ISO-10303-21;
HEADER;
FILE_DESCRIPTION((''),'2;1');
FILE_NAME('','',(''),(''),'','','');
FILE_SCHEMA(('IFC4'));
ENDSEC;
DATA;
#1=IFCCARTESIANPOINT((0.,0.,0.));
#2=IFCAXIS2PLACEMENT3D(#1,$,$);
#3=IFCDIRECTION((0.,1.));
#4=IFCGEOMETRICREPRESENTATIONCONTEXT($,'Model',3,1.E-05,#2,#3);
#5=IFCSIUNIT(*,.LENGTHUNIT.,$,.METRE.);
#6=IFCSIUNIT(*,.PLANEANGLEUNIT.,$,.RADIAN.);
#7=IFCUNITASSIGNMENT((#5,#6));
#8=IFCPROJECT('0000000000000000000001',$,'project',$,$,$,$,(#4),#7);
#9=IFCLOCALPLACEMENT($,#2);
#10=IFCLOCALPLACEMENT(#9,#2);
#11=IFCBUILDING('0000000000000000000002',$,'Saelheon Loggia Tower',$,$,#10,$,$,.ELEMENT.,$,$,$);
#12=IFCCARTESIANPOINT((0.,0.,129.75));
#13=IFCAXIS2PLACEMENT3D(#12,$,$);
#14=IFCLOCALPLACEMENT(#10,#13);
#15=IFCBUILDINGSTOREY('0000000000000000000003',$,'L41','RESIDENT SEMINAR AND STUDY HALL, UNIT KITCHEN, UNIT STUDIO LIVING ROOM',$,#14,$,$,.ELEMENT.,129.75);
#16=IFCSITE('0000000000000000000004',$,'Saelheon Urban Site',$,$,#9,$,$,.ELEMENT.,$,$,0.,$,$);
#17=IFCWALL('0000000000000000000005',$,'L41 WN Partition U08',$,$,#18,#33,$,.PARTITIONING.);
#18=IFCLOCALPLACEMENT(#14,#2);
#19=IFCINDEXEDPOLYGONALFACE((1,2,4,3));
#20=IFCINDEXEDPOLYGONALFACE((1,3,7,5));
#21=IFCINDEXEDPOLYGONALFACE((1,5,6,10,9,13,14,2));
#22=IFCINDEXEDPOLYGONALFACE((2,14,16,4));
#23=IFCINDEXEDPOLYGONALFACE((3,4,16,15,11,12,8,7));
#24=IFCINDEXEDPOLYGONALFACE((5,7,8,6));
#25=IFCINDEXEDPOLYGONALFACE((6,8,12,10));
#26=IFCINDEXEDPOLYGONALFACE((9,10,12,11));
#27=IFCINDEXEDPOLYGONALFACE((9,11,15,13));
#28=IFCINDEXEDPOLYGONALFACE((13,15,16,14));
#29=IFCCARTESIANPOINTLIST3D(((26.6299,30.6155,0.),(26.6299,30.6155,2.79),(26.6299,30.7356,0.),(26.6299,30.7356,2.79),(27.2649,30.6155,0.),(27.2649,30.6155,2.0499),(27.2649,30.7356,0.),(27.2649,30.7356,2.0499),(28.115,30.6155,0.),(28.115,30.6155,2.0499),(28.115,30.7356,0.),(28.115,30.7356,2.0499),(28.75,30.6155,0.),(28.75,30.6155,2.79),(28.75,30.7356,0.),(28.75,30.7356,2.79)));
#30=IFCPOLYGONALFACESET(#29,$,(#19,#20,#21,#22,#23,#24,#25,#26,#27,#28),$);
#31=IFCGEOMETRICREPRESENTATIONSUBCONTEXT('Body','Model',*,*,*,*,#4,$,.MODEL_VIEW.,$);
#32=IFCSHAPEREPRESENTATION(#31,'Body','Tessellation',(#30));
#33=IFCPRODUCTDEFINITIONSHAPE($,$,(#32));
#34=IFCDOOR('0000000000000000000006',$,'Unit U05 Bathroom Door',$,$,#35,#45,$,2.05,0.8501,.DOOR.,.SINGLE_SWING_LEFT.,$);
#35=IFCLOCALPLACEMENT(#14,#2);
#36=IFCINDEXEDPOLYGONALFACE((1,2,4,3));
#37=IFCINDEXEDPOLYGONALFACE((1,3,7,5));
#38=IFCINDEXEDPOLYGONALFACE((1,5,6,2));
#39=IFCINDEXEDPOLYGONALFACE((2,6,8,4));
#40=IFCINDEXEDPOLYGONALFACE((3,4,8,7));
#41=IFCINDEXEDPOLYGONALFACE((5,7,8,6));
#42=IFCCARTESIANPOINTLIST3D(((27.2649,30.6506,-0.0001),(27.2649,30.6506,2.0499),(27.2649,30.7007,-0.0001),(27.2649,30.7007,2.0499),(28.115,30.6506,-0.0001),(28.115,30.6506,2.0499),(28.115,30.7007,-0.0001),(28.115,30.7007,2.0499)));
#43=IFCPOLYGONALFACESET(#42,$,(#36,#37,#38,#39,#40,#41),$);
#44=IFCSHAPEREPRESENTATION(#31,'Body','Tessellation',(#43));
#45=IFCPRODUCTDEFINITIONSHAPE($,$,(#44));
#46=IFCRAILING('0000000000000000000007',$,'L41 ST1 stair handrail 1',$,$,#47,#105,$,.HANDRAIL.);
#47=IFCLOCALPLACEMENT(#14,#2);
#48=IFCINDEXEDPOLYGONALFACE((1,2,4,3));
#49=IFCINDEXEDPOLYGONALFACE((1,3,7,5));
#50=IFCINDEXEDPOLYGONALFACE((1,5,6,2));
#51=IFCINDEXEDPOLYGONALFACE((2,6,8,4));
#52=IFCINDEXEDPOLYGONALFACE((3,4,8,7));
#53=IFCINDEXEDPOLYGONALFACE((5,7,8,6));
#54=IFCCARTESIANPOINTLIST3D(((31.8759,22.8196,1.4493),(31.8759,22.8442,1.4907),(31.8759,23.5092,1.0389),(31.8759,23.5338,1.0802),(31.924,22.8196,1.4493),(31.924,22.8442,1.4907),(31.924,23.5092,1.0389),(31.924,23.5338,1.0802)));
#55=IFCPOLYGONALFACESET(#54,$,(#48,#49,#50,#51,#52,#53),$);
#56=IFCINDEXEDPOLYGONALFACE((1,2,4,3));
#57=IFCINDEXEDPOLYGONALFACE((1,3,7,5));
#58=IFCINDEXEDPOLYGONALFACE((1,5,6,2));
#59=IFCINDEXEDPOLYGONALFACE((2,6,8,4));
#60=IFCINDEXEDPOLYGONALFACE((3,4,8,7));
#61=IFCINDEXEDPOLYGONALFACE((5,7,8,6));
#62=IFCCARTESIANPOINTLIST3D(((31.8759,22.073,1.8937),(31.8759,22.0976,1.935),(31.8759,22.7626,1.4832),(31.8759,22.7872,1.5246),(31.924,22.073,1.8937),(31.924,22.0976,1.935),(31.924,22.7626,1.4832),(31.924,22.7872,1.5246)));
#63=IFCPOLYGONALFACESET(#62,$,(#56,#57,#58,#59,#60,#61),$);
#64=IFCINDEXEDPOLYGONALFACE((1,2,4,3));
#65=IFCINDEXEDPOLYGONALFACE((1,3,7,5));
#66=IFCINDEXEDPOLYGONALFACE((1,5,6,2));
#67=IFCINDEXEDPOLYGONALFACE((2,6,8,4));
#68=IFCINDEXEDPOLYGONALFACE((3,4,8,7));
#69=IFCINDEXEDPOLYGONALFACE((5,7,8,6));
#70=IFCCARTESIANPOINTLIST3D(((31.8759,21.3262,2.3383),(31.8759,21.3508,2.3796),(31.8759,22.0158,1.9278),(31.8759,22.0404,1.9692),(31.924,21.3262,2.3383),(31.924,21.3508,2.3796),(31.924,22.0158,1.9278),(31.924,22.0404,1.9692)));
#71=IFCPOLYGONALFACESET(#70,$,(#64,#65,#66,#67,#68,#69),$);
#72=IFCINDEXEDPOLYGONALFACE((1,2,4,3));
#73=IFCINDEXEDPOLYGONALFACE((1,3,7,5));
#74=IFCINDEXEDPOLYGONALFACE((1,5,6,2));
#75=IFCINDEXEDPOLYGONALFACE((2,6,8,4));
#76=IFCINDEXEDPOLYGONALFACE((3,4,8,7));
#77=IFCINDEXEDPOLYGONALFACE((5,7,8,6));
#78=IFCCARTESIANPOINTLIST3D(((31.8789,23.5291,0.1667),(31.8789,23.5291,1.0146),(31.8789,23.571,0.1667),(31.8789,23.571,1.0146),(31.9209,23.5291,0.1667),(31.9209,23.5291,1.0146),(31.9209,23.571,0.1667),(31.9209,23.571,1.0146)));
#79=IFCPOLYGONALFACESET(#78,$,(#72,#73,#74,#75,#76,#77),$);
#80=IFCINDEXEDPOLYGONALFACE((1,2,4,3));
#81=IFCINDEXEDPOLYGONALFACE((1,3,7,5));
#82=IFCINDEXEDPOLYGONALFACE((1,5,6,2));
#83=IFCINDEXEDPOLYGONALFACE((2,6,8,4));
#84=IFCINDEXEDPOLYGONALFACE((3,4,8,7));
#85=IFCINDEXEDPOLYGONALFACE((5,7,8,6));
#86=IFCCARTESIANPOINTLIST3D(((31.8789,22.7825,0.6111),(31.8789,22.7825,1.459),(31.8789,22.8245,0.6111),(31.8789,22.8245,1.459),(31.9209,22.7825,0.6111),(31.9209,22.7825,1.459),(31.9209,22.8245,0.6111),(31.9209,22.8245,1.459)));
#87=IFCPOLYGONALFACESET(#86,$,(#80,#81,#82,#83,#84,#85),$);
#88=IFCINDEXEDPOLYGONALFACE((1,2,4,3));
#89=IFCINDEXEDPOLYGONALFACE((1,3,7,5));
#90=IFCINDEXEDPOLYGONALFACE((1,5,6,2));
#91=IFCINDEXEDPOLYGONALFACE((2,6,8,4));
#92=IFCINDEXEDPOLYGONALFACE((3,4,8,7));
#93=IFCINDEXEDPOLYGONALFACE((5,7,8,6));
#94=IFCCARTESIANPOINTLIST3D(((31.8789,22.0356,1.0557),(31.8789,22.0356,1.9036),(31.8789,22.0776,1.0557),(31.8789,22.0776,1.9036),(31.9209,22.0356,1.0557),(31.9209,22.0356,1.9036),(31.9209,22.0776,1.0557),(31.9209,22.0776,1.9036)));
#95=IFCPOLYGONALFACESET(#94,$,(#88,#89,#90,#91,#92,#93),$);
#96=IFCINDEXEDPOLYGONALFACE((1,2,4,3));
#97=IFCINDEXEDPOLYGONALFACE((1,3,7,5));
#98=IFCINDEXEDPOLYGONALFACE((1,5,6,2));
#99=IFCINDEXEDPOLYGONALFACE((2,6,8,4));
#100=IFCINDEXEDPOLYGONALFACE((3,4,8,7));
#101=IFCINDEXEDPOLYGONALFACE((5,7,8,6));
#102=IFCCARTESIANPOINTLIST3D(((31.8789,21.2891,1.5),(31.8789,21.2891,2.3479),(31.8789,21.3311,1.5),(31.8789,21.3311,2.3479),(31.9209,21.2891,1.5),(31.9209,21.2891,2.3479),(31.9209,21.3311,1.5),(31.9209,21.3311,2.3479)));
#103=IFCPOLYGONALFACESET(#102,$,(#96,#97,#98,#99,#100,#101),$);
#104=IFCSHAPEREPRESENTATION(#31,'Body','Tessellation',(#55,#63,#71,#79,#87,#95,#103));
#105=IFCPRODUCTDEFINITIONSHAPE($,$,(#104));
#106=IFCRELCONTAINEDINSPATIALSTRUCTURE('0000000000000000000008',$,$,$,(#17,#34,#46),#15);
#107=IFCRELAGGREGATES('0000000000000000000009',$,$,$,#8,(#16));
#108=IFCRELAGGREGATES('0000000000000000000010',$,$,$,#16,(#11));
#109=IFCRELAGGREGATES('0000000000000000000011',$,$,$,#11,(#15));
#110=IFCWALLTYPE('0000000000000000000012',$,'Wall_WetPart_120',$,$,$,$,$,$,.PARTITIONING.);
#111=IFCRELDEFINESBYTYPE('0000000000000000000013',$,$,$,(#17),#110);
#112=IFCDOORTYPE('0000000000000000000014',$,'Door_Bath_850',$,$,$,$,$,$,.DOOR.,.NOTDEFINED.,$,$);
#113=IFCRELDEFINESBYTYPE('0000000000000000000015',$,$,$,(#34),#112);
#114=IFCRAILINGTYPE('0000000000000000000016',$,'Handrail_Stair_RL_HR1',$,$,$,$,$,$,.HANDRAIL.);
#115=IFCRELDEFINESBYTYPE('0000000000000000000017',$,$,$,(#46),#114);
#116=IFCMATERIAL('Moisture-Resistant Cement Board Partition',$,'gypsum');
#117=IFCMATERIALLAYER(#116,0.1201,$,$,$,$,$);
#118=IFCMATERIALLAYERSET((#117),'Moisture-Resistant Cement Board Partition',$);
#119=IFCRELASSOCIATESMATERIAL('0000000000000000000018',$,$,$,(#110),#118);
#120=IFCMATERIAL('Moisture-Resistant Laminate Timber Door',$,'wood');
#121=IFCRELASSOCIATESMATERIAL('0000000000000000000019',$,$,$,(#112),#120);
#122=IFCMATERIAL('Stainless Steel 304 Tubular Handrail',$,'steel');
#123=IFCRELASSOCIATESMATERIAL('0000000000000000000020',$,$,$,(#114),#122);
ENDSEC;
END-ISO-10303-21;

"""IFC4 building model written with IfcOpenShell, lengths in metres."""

from ifc_helpers import new_model, si_unit, direction, frame, frame_2d, origin, origin_2d, place, context, subcontext, project, spatial, rectangle, extrude, source, transform, mapped, material, layer, layer_set, type_object, element, fill, save


model = new_model("IFC4")

# Units and contexts
model_context = context("Model", 3, precision=1e-05, world=origin(), true_north=direction((0.0, 1.0)))
body_context = subcontext(model_context, "Body", "Model", "MODEL_VIEW")
ifc_project = project(units=[si_unit("LENGTHUNIT", "METRE"), si_unit("PLANEANGLEUNIT", "RADIAN")], contexts=[model_context])

# Site, building, storey
site_placement = place(None, origin())
site = spatial("IfcSite", under=ifc_project, at=site_placement, Name="Saelheon Urban Site", CompositionType="ELEMENT", RefElevation=0.0)
building_placement = place(site_placement, origin())
building = spatial("IfcBuilding", under=site, at=building_placement, Name="Saelheon Loggia Tower", CompositionType="ELEMENT")
storey_placement = place(building_placement, frame((0.0, 0.0, 129.75)))
storey = spatial("IfcBuildingStorey", under=building, at=storey_placement, Name="L41", Description="RESIDENT SEMINAR AND STUDY HALL, UNIT KITCHEN, UNIT STUDIO LIVING ROOM", CompositionType="ELEMENT", Elevation=129.75)

# Wall, opening, door
ifc_material_1 = material(Name="Moisture-Resistant Cement Board Partition", Category="gypsum")
ifc_layer_1 = layer(ifc_material_1, 0.1201)
ifc_layer_set_1 = layer_set([ifc_layer_1], Name="Moisture-Resistant Cement Board Partition")
wall_type_1 = type_object("IfcWallType", Name="Wall_WetPart_120", PredefinedType="PARTITIONING", material=ifc_layer_set_1)
wall_1_placement = place(storey_placement, frame((28.75, 30.6755, 0.0), z_axis=(0.0, 0.0, 1.0), x_axis=(-1.0, 0.0, 0.0)))
wall_1 = element("IfcWall", 1, at=wall_1_placement, inside=storey, type_object=wall_type_1, Name="L41 WN Partition U08", PredefinedType="PARTITIONING", context=body_context, shape_type="SweptSolid", body=[
    extrude(rectangle(XDim=2.1201, YDim=0.1201, at=frame_2d((1.0601, 0.0))), origin(), (0.0, 0.0, 1.0), 2.79),
])
opening_1_placement = place(wall_1_placement, frame((0.635, 0.0, 0.0)))
opening_1 = element("IfcOpeningElement", 2, at=opening_1_placement, cuts=wall_1, PredefinedType="OPENING", context=body_context, shape_type="SweptSolid", body=[
    extrude(rectangle(XDim=0.8501, YDim=2.05, at=frame_2d((0.425, 1.0249))), frame((0.0, 0.072, 0.0), z_axis=(0.0, -1.0, 0.0), x_axis=(1.0, 0.0, 0.0)), (0.0, 0.0, 1.0), 0.144),
])
ifc_material_2 = material(Name="Moisture-Resistant Laminate Timber Door", Category="wood")
door_type_1 = type_object("IfcDoorType", Name="Door_Bath_850", OperationType="NOTDEFINED", PredefinedType="DOOR", material=ifc_material_2)
shared_shape_1 = source(origin(), body_context, "Body", "SweptSolid", [
    extrude(rectangle(XDim=0.8501, YDim=2.05, at=frame_2d((0.425, 1.0249))), frame((0.0, 0.0249, 0.0), z_axis=(0.0, -1.0, 0.0), x_axis=(1.0, 0.0, 0.0)), (0.0, 0.0, 1.0), 0.05),
])
door_1_placement = place(opening_1_placement, origin())
door_1 = element("IfcDoor", 3, at=door_1_placement, inside=storey, type_object=door_type_1, Name="Unit U05 Bathroom Door", OperationType="SINGLE_SWING_LEFT", OverallHeight=2.05, OverallWidth=0.8501, PredefinedType="DOOR", context=body_context, shape_type="MappedRepresentation", body=[
    mapped(shared_shape_1, transform((0.0, 0.0, 0.0), scale=1.0)),
])
fill(opening_1, door_1)

# Railing
ifc_material_3 = material(Name="Stainless Steel 304 Tubular Handrail", Category="steel")
railing_type = type_object("IfcRailingType", Name="Handrail_Stair_RL_HR1", PredefinedType="HANDRAIL", material=ifc_material_3)
railing_placement = place(storey_placement, frame((31.8999, 23.55, 0.1667)))
element("IfcRailing", 4, at=railing_placement, inside=storey, type_object=railing_type, Name="L41 ST1 stair handrail 1", PredefinedType="HANDRAIL", context=body_context, shape_type="SweptSolid", body=[
    extrude(rectangle(XDim=0.0481, YDim=0.0481, at=origin_2d()), frame((0.0, -0.0286, 0.8928), z_axis=(0.0, -0.859306, 0.511462), x_axis=(1.0, 0.0, 0.0)), (0.0, 0.0, 1.0), 0.8025),
    extrude(rectangle(XDim=0.0481, YDim=0.0481, at=origin_2d()), frame((0.0, -0.7751, 1.3372), z_axis=(0.0, -0.859306, 0.511462), x_axis=(1.0, 0.0, 0.0)), (0.0, 0.0, 1.0), 0.8025),
    extrude(rectangle(XDim=0.0481, YDim=0.0481, at=origin_2d()), frame((0.0, -1.522, 1.7817), z_axis=(0.0, -0.859306, 0.511462), x_axis=(1.0, 0.0, 0.0)), (0.0, 0.0, 1.0), 0.8025),
    extrude(rectangle(XDim=0.042, YDim=0.042, at=origin_2d()), origin(), (0.0, 0.0, 1.0), 0.8479),
    extrude(rectangle(XDim=0.042, YDim=0.042, at=origin_2d()), frame((0.0, -0.7466, 0.4443)), (0.0, 0.0, 1.0), 0.8479),
    extrude(rectangle(XDim=0.042, YDim=0.042, at=origin_2d()), frame((0.0, -1.4934, 0.8889)), (0.0, 0.0, 1.0), 0.8479),
    extrude(rectangle(XDim=0.042, YDim=0.042, at=origin_2d()), frame((0.0, -2.24, 1.3333)), (0.0, 0.0, 1.0), 0.8479),
])

save(model, "model.ifc")
